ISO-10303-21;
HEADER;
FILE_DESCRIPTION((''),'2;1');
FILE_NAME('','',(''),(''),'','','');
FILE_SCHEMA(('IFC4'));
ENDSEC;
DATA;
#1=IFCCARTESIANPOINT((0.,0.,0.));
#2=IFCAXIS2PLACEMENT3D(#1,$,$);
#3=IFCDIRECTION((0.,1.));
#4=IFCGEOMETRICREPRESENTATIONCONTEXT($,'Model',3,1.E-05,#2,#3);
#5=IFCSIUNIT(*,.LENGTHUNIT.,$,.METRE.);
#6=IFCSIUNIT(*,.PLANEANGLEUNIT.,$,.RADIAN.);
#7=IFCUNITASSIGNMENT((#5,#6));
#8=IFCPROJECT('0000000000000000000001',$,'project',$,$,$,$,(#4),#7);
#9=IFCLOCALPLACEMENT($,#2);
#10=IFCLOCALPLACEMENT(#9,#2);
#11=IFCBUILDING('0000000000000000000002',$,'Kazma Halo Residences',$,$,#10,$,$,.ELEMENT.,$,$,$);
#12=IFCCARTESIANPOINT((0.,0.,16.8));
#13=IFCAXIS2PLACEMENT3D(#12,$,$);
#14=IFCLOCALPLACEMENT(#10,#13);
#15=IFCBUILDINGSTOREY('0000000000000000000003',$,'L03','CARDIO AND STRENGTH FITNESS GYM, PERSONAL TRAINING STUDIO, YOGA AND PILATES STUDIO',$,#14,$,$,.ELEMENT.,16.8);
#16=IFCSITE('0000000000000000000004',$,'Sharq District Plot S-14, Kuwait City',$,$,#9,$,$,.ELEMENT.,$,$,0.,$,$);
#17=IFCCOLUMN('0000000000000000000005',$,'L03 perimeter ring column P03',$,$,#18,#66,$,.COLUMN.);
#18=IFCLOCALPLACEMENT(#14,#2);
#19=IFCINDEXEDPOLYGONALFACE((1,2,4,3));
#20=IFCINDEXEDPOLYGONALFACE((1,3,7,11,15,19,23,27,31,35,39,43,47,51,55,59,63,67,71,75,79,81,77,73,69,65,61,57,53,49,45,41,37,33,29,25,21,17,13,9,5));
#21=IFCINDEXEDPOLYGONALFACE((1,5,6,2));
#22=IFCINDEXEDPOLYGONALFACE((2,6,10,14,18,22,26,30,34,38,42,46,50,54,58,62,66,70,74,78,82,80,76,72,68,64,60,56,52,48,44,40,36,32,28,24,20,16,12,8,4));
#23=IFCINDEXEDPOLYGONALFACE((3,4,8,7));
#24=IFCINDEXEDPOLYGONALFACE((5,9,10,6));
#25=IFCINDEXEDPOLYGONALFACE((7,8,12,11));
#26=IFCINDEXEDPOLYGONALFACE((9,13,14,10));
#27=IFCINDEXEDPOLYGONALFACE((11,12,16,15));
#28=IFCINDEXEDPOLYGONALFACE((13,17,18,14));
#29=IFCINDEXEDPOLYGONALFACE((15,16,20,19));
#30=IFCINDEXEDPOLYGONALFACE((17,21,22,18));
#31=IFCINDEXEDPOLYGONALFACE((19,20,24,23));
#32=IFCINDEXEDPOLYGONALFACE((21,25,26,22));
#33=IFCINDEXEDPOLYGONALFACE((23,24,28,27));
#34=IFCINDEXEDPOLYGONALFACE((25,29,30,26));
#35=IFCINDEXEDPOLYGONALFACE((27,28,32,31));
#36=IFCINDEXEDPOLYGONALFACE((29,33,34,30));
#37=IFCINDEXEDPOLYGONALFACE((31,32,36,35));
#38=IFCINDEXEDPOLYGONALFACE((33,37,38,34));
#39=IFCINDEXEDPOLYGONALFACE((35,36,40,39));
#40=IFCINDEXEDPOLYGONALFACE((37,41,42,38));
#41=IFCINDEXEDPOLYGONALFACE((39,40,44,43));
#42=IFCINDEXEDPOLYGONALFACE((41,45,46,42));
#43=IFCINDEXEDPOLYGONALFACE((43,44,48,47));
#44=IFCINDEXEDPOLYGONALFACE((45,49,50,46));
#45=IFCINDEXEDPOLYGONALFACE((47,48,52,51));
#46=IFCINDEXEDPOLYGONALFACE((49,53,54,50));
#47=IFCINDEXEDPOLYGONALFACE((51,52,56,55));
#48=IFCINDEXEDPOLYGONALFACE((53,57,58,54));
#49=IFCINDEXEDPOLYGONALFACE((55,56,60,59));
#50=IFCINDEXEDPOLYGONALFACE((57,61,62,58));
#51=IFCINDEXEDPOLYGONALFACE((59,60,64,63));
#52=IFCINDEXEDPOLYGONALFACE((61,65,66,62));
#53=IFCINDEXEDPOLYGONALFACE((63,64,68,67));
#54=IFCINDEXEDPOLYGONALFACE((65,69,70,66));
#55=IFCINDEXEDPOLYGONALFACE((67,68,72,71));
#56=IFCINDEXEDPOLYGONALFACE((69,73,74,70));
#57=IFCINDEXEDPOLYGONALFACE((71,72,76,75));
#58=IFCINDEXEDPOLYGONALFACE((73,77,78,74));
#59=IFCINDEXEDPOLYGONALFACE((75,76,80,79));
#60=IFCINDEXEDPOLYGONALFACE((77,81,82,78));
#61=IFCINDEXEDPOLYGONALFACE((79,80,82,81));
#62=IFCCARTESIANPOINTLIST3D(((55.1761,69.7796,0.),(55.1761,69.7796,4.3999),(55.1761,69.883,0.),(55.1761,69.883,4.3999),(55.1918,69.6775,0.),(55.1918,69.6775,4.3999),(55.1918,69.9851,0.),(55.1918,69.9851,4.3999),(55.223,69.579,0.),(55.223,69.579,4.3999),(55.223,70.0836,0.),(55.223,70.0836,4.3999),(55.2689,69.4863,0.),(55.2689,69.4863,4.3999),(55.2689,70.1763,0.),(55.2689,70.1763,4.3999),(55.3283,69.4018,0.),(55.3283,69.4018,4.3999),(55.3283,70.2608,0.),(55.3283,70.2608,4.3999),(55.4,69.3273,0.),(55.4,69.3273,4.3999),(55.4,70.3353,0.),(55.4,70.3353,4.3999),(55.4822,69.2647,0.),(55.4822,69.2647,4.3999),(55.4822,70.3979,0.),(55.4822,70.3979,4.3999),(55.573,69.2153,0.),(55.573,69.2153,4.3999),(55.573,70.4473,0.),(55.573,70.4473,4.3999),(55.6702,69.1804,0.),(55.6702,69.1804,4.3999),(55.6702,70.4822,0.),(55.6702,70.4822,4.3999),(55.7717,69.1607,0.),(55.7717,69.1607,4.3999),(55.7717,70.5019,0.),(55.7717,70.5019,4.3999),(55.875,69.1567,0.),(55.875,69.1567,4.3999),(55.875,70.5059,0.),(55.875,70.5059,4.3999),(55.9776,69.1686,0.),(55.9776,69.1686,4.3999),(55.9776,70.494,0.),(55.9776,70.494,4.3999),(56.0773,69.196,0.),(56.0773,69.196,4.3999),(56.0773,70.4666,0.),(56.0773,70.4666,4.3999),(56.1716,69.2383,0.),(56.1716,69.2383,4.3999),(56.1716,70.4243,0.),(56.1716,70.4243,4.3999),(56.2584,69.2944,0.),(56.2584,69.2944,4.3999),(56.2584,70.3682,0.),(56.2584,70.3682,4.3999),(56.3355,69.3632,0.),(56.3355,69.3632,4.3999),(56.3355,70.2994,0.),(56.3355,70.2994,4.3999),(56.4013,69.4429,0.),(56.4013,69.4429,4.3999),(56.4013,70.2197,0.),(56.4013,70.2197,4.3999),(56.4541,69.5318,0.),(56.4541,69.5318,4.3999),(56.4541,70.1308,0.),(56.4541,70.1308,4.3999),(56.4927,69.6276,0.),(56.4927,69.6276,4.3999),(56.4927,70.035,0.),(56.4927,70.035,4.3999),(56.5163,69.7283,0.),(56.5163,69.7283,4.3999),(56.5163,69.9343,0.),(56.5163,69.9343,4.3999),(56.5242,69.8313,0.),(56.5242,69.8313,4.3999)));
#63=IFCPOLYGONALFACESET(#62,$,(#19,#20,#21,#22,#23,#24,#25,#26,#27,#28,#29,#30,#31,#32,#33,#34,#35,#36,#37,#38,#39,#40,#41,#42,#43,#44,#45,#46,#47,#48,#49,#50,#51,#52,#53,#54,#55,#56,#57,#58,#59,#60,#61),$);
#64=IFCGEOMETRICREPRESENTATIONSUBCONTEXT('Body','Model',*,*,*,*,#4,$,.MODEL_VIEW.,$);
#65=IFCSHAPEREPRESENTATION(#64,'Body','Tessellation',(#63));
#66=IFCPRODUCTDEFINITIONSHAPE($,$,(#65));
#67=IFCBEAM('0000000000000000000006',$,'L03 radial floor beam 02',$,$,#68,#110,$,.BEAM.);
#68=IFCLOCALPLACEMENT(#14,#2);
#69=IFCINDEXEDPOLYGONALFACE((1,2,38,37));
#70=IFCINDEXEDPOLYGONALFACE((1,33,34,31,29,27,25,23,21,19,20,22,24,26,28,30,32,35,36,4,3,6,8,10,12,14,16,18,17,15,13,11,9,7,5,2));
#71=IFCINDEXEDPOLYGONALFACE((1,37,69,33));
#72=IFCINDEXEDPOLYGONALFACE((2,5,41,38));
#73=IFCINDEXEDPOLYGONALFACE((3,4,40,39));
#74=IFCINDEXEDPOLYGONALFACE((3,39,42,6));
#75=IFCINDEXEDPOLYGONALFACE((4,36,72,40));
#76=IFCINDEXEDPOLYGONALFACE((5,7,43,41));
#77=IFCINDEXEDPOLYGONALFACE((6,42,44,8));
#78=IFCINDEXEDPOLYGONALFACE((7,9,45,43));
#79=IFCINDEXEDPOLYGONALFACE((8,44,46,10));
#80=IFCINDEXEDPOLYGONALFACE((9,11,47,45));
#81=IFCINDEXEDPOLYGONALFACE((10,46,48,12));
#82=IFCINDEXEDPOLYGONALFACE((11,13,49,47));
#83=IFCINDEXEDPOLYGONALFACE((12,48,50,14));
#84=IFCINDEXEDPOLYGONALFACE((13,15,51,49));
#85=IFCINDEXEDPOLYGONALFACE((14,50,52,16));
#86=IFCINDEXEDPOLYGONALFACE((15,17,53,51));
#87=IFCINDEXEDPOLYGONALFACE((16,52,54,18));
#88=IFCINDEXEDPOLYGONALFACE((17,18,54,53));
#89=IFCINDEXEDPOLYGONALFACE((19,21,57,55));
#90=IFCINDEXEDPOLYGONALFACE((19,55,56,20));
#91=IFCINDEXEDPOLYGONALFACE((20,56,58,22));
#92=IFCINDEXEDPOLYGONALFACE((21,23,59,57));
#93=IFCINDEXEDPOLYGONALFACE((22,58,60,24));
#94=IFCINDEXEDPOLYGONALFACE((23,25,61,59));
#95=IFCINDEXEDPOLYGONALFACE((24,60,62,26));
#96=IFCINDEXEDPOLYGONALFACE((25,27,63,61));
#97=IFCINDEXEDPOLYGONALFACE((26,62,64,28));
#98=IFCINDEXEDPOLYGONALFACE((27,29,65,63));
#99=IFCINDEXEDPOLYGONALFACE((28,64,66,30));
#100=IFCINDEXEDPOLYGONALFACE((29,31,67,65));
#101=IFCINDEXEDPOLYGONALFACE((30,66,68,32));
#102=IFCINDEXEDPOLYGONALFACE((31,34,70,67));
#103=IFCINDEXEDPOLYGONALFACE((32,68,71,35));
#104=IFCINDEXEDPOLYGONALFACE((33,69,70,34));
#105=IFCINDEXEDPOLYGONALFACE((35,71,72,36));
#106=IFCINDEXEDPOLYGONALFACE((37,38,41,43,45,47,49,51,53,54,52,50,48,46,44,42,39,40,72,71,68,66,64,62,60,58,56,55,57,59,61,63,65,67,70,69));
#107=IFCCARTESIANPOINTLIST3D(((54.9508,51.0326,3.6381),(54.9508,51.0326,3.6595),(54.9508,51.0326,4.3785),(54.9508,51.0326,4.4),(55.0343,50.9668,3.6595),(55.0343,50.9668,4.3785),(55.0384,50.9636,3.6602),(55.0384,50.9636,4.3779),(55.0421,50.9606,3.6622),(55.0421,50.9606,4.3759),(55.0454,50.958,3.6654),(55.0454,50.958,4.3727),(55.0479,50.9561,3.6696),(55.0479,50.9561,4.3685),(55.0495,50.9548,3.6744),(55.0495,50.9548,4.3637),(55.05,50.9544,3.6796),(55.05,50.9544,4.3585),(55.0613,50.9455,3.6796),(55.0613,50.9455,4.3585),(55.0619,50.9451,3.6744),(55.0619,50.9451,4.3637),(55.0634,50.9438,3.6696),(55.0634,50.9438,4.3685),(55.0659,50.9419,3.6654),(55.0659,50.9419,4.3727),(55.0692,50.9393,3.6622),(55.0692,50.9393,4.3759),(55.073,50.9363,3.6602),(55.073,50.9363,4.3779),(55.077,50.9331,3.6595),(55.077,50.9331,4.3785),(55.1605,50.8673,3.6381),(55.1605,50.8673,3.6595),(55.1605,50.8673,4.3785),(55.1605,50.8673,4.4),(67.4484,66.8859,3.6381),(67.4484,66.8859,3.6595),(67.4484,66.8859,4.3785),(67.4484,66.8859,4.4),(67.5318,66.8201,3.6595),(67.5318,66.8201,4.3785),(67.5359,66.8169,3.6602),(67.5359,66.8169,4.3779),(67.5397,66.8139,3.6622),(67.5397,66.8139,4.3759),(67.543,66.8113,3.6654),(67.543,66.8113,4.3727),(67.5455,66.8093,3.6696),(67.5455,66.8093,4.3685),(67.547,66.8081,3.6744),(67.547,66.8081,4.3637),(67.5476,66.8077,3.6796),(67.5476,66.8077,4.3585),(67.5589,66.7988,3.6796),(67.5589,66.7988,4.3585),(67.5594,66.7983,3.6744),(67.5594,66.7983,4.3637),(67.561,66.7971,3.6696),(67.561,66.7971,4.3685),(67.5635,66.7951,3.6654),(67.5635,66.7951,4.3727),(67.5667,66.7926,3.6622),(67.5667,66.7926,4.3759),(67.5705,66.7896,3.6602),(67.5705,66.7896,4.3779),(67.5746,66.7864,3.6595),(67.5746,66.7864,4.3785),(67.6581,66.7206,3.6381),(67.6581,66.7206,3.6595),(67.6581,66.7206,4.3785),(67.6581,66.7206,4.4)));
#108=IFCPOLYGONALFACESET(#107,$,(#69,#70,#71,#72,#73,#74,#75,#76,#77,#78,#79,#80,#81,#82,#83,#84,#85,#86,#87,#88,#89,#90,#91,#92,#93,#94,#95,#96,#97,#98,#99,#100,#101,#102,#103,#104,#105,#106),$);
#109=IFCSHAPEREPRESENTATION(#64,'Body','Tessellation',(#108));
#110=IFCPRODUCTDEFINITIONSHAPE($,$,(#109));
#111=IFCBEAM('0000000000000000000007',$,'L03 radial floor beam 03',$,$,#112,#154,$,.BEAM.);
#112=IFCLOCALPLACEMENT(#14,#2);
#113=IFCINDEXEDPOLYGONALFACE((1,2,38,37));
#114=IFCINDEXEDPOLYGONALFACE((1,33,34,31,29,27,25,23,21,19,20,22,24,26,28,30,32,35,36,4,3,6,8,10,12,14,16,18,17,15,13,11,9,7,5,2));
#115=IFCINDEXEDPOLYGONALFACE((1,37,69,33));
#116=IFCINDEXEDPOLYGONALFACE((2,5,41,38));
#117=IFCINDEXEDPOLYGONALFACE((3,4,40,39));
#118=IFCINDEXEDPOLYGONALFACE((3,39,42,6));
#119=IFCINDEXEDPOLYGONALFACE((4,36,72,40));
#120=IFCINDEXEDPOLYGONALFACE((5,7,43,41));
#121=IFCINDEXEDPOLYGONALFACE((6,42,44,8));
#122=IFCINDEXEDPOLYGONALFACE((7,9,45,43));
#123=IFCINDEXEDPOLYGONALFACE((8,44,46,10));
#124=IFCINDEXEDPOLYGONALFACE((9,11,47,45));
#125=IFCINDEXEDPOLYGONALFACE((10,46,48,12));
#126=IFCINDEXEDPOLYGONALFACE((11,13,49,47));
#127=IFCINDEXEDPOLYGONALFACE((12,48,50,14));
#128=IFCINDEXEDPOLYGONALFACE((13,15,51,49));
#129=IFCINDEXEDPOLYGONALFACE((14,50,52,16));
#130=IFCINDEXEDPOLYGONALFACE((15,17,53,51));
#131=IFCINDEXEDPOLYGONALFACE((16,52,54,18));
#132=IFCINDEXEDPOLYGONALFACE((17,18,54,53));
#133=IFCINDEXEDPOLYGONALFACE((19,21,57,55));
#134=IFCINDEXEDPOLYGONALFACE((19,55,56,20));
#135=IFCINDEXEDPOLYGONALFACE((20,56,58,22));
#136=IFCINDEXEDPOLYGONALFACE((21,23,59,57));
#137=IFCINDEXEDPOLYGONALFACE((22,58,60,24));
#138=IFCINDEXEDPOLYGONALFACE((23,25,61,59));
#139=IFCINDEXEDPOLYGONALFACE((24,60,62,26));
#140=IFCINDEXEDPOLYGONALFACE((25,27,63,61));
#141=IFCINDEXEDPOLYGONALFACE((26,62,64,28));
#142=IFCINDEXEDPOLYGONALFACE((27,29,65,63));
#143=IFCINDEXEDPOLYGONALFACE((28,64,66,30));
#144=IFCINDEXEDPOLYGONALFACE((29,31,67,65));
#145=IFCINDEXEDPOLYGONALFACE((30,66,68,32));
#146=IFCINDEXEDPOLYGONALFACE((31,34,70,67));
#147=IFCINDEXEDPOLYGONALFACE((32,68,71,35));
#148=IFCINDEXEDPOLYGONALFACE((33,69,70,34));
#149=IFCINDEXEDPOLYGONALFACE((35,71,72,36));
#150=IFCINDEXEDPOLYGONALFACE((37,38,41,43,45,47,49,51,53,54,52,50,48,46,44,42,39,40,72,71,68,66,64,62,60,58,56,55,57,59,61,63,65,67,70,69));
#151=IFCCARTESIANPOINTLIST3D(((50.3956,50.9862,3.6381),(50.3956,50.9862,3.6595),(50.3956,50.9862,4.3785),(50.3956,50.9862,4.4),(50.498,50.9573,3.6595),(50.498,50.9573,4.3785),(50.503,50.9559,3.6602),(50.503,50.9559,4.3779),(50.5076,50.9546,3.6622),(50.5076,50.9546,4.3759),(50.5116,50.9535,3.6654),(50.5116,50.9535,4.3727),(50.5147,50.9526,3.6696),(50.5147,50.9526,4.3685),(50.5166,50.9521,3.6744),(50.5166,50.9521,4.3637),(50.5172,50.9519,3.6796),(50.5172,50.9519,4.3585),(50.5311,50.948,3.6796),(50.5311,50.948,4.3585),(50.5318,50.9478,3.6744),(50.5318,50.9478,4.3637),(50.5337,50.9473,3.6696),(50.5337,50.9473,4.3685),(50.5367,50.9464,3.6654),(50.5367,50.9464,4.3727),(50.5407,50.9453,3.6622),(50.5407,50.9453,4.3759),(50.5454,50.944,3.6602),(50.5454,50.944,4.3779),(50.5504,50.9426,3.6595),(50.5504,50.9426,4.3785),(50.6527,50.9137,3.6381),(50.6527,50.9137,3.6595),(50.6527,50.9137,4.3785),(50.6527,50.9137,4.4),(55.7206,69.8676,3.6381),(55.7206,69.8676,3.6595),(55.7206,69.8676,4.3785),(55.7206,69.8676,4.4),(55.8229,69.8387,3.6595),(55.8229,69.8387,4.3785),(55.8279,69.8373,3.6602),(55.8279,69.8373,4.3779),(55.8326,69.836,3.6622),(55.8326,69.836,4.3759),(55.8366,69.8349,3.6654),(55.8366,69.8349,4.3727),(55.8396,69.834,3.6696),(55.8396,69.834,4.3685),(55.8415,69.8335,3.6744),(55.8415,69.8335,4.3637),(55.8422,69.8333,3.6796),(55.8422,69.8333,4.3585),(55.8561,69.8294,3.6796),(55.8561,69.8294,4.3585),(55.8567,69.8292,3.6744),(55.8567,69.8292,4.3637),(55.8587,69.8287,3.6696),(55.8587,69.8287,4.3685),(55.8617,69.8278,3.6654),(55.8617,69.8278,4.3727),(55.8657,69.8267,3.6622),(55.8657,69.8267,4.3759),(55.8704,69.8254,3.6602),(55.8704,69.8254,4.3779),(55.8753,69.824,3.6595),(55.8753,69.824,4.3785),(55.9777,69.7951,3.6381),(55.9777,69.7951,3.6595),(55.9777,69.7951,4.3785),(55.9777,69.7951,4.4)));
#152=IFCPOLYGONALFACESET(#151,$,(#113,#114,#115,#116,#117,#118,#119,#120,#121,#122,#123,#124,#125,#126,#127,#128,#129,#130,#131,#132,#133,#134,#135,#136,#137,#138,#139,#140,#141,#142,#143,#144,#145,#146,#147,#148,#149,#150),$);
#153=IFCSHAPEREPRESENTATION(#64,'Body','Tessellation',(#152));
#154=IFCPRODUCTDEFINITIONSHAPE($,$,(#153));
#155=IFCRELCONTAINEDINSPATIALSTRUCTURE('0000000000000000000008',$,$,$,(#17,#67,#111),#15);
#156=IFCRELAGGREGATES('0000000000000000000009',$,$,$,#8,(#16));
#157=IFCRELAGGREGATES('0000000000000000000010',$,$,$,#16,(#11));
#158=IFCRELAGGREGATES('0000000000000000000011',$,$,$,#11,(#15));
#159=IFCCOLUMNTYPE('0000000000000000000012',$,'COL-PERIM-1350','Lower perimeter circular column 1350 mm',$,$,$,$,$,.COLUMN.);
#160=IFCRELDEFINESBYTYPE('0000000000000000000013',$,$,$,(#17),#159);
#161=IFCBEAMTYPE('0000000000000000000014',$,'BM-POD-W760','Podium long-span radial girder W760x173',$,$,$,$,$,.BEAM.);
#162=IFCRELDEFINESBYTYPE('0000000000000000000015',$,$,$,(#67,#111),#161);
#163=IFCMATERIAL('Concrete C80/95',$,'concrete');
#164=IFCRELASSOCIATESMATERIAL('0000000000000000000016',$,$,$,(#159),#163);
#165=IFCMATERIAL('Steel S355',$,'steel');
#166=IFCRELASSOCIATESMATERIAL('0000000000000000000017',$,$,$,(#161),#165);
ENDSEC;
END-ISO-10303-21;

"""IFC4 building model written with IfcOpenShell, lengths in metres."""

from ifc_helpers import new_model, si_unit, direction, frame, origin, origin_2d, place, context, subcontext, project, spatial, circle, i_section, extrude, material, material_profile, profile_set, type_object, element, save


model = new_model("IFC4")

# Units and contexts
model_context = context("Model", 3, precision=1e-05, world=origin(), true_north=direction((0.0, 1.0)))
body_context = subcontext(model_context, "Body", "Model", "MODEL_VIEW")
ifc_project = project(units=[si_unit("LENGTHUNIT", "METRE"), si_unit("PLANEANGLEUNIT", "RADIAN")], contexts=[model_context])

# Site, building, storey
site_placement = place(None, origin())
site = spatial("IfcSite", under=ifc_project, at=site_placement, Name="Sharq District Plot S-14, Kuwait City", CompositionType="ELEMENT", RefElevation=0.0)
building_placement = place(site_placement, origin())
building = spatial("IfcBuilding", under=site, at=building_placement, Name="Kazma Halo Residences", CompositionType="ELEMENT")
storey_placement = place(building_placement, frame((0.0, 0.0, 16.8)))
storey = spatial("IfcBuildingStorey", under=building, at=storey_placement, Name="L03", Description="CARDIO AND STRENGTH FITNESS GYM, PERSONAL TRAINING STUDIO, YOGA AND PILATES STUDIO", CompositionType="ELEMENT", Elevation=16.8)

# Column
ifc_material_1 = material(Name="Concrete C80/95", Category="concrete")
ifc_material_profile_1 = material_profile(ifc_material_1, circle(Radius=0.675, at=origin_2d()), Name="CIRC1350")
ifc_profile_set_1 = profile_set([ifc_material_profile_1], Name="Concrete C80/95")
column_type = type_object("IfcColumnType", Name="COL-PERIM-1350", Description="Lower perimeter circular column 1350 mm", PredefinedType="COLUMN", material=ifc_profile_set_1)
column_placement = place(storey_placement, frame((55.8491, 69.8313, 0.0), z_axis=(0.0, 0.0, 1.0), x_axis=(1.0, 0.0, 0.0)))
element("IfcColumn", 1, at=column_placement, inside=storey, type_object=column_type, Name="L03 perimeter ring column P03", PredefinedType="COLUMN", context=body_context, shape_type="SweptSolid", body=[
    extrude(circle(Radius=0.675, at=origin_2d()), origin(), (0.0, 0.0, 1.0), 4.3999),
])

# Beams
ifc_material_2 = material(Name="Steel S355", Category="steel")
ifc_material_profile_2 = material_profile(ifc_material_2, i_section(OverallWidth=0.2671, OverallDepth=0.762, WebThickness=0.0144, FlangeThickness=0.0215, FilletRadius=0.02, at=origin_2d()), Name="W760x173")
ifc_profile_set_2 = profile_set([ifc_material_profile_2], Name="Steel S355")
beam_type_1 = type_object("IfcBeamType", Name="BM-POD-W760", Description="Podium long-span radial girder W760x173", PredefinedType="BEAM", material=ifc_profile_set_2)
beam_1_placement = place(storey_placement, frame((55.0557, 50.95, 4.019), z_axis=(0.619089, 0.785321, 0.0), x_axis=(-0.785321, 0.619089, 0.0)))
element("IfcBeam", 2, at=beam_1_placement, inside=storey, type_object=beam_type_1, Name="L03 radial floor beam 02", PredefinedType="BEAM", context=body_context, shape_type="SweptSolid", body=[
    extrude(i_section(OverallWidth=0.2671, OverallDepth=0.762, WebThickness=0.0144, FlangeThickness=0.0215, FilletRadius=0.02, at=origin_2d()), origin(), (0.0, 0.0, 1.0), 20.187),
])
beam_2_placement = place(storey_placement, frame((50.5242, 50.95, 4.019), z_axis=(0.271434, 0.962457, 0.0), x_axis=(-0.962457, 0.271434, 0.0)))
element("IfcBeam", 3, at=beam_2_placement, inside=storey, type_object=beam_type_1, Name="L03 radial floor beam 03", PredefinedType="BEAM", context=body_context, shape_type="SweptSolid", body=[
    extrude(i_section(OverallWidth=0.2671, OverallDepth=0.762, WebThickness=0.0144, FlangeThickness=0.0215, FilletRadius=0.02, at=origin_2d()), origin(), (0.0, 0.0, 1.0), 19.6179),
])

save(model, "model.ifc")
